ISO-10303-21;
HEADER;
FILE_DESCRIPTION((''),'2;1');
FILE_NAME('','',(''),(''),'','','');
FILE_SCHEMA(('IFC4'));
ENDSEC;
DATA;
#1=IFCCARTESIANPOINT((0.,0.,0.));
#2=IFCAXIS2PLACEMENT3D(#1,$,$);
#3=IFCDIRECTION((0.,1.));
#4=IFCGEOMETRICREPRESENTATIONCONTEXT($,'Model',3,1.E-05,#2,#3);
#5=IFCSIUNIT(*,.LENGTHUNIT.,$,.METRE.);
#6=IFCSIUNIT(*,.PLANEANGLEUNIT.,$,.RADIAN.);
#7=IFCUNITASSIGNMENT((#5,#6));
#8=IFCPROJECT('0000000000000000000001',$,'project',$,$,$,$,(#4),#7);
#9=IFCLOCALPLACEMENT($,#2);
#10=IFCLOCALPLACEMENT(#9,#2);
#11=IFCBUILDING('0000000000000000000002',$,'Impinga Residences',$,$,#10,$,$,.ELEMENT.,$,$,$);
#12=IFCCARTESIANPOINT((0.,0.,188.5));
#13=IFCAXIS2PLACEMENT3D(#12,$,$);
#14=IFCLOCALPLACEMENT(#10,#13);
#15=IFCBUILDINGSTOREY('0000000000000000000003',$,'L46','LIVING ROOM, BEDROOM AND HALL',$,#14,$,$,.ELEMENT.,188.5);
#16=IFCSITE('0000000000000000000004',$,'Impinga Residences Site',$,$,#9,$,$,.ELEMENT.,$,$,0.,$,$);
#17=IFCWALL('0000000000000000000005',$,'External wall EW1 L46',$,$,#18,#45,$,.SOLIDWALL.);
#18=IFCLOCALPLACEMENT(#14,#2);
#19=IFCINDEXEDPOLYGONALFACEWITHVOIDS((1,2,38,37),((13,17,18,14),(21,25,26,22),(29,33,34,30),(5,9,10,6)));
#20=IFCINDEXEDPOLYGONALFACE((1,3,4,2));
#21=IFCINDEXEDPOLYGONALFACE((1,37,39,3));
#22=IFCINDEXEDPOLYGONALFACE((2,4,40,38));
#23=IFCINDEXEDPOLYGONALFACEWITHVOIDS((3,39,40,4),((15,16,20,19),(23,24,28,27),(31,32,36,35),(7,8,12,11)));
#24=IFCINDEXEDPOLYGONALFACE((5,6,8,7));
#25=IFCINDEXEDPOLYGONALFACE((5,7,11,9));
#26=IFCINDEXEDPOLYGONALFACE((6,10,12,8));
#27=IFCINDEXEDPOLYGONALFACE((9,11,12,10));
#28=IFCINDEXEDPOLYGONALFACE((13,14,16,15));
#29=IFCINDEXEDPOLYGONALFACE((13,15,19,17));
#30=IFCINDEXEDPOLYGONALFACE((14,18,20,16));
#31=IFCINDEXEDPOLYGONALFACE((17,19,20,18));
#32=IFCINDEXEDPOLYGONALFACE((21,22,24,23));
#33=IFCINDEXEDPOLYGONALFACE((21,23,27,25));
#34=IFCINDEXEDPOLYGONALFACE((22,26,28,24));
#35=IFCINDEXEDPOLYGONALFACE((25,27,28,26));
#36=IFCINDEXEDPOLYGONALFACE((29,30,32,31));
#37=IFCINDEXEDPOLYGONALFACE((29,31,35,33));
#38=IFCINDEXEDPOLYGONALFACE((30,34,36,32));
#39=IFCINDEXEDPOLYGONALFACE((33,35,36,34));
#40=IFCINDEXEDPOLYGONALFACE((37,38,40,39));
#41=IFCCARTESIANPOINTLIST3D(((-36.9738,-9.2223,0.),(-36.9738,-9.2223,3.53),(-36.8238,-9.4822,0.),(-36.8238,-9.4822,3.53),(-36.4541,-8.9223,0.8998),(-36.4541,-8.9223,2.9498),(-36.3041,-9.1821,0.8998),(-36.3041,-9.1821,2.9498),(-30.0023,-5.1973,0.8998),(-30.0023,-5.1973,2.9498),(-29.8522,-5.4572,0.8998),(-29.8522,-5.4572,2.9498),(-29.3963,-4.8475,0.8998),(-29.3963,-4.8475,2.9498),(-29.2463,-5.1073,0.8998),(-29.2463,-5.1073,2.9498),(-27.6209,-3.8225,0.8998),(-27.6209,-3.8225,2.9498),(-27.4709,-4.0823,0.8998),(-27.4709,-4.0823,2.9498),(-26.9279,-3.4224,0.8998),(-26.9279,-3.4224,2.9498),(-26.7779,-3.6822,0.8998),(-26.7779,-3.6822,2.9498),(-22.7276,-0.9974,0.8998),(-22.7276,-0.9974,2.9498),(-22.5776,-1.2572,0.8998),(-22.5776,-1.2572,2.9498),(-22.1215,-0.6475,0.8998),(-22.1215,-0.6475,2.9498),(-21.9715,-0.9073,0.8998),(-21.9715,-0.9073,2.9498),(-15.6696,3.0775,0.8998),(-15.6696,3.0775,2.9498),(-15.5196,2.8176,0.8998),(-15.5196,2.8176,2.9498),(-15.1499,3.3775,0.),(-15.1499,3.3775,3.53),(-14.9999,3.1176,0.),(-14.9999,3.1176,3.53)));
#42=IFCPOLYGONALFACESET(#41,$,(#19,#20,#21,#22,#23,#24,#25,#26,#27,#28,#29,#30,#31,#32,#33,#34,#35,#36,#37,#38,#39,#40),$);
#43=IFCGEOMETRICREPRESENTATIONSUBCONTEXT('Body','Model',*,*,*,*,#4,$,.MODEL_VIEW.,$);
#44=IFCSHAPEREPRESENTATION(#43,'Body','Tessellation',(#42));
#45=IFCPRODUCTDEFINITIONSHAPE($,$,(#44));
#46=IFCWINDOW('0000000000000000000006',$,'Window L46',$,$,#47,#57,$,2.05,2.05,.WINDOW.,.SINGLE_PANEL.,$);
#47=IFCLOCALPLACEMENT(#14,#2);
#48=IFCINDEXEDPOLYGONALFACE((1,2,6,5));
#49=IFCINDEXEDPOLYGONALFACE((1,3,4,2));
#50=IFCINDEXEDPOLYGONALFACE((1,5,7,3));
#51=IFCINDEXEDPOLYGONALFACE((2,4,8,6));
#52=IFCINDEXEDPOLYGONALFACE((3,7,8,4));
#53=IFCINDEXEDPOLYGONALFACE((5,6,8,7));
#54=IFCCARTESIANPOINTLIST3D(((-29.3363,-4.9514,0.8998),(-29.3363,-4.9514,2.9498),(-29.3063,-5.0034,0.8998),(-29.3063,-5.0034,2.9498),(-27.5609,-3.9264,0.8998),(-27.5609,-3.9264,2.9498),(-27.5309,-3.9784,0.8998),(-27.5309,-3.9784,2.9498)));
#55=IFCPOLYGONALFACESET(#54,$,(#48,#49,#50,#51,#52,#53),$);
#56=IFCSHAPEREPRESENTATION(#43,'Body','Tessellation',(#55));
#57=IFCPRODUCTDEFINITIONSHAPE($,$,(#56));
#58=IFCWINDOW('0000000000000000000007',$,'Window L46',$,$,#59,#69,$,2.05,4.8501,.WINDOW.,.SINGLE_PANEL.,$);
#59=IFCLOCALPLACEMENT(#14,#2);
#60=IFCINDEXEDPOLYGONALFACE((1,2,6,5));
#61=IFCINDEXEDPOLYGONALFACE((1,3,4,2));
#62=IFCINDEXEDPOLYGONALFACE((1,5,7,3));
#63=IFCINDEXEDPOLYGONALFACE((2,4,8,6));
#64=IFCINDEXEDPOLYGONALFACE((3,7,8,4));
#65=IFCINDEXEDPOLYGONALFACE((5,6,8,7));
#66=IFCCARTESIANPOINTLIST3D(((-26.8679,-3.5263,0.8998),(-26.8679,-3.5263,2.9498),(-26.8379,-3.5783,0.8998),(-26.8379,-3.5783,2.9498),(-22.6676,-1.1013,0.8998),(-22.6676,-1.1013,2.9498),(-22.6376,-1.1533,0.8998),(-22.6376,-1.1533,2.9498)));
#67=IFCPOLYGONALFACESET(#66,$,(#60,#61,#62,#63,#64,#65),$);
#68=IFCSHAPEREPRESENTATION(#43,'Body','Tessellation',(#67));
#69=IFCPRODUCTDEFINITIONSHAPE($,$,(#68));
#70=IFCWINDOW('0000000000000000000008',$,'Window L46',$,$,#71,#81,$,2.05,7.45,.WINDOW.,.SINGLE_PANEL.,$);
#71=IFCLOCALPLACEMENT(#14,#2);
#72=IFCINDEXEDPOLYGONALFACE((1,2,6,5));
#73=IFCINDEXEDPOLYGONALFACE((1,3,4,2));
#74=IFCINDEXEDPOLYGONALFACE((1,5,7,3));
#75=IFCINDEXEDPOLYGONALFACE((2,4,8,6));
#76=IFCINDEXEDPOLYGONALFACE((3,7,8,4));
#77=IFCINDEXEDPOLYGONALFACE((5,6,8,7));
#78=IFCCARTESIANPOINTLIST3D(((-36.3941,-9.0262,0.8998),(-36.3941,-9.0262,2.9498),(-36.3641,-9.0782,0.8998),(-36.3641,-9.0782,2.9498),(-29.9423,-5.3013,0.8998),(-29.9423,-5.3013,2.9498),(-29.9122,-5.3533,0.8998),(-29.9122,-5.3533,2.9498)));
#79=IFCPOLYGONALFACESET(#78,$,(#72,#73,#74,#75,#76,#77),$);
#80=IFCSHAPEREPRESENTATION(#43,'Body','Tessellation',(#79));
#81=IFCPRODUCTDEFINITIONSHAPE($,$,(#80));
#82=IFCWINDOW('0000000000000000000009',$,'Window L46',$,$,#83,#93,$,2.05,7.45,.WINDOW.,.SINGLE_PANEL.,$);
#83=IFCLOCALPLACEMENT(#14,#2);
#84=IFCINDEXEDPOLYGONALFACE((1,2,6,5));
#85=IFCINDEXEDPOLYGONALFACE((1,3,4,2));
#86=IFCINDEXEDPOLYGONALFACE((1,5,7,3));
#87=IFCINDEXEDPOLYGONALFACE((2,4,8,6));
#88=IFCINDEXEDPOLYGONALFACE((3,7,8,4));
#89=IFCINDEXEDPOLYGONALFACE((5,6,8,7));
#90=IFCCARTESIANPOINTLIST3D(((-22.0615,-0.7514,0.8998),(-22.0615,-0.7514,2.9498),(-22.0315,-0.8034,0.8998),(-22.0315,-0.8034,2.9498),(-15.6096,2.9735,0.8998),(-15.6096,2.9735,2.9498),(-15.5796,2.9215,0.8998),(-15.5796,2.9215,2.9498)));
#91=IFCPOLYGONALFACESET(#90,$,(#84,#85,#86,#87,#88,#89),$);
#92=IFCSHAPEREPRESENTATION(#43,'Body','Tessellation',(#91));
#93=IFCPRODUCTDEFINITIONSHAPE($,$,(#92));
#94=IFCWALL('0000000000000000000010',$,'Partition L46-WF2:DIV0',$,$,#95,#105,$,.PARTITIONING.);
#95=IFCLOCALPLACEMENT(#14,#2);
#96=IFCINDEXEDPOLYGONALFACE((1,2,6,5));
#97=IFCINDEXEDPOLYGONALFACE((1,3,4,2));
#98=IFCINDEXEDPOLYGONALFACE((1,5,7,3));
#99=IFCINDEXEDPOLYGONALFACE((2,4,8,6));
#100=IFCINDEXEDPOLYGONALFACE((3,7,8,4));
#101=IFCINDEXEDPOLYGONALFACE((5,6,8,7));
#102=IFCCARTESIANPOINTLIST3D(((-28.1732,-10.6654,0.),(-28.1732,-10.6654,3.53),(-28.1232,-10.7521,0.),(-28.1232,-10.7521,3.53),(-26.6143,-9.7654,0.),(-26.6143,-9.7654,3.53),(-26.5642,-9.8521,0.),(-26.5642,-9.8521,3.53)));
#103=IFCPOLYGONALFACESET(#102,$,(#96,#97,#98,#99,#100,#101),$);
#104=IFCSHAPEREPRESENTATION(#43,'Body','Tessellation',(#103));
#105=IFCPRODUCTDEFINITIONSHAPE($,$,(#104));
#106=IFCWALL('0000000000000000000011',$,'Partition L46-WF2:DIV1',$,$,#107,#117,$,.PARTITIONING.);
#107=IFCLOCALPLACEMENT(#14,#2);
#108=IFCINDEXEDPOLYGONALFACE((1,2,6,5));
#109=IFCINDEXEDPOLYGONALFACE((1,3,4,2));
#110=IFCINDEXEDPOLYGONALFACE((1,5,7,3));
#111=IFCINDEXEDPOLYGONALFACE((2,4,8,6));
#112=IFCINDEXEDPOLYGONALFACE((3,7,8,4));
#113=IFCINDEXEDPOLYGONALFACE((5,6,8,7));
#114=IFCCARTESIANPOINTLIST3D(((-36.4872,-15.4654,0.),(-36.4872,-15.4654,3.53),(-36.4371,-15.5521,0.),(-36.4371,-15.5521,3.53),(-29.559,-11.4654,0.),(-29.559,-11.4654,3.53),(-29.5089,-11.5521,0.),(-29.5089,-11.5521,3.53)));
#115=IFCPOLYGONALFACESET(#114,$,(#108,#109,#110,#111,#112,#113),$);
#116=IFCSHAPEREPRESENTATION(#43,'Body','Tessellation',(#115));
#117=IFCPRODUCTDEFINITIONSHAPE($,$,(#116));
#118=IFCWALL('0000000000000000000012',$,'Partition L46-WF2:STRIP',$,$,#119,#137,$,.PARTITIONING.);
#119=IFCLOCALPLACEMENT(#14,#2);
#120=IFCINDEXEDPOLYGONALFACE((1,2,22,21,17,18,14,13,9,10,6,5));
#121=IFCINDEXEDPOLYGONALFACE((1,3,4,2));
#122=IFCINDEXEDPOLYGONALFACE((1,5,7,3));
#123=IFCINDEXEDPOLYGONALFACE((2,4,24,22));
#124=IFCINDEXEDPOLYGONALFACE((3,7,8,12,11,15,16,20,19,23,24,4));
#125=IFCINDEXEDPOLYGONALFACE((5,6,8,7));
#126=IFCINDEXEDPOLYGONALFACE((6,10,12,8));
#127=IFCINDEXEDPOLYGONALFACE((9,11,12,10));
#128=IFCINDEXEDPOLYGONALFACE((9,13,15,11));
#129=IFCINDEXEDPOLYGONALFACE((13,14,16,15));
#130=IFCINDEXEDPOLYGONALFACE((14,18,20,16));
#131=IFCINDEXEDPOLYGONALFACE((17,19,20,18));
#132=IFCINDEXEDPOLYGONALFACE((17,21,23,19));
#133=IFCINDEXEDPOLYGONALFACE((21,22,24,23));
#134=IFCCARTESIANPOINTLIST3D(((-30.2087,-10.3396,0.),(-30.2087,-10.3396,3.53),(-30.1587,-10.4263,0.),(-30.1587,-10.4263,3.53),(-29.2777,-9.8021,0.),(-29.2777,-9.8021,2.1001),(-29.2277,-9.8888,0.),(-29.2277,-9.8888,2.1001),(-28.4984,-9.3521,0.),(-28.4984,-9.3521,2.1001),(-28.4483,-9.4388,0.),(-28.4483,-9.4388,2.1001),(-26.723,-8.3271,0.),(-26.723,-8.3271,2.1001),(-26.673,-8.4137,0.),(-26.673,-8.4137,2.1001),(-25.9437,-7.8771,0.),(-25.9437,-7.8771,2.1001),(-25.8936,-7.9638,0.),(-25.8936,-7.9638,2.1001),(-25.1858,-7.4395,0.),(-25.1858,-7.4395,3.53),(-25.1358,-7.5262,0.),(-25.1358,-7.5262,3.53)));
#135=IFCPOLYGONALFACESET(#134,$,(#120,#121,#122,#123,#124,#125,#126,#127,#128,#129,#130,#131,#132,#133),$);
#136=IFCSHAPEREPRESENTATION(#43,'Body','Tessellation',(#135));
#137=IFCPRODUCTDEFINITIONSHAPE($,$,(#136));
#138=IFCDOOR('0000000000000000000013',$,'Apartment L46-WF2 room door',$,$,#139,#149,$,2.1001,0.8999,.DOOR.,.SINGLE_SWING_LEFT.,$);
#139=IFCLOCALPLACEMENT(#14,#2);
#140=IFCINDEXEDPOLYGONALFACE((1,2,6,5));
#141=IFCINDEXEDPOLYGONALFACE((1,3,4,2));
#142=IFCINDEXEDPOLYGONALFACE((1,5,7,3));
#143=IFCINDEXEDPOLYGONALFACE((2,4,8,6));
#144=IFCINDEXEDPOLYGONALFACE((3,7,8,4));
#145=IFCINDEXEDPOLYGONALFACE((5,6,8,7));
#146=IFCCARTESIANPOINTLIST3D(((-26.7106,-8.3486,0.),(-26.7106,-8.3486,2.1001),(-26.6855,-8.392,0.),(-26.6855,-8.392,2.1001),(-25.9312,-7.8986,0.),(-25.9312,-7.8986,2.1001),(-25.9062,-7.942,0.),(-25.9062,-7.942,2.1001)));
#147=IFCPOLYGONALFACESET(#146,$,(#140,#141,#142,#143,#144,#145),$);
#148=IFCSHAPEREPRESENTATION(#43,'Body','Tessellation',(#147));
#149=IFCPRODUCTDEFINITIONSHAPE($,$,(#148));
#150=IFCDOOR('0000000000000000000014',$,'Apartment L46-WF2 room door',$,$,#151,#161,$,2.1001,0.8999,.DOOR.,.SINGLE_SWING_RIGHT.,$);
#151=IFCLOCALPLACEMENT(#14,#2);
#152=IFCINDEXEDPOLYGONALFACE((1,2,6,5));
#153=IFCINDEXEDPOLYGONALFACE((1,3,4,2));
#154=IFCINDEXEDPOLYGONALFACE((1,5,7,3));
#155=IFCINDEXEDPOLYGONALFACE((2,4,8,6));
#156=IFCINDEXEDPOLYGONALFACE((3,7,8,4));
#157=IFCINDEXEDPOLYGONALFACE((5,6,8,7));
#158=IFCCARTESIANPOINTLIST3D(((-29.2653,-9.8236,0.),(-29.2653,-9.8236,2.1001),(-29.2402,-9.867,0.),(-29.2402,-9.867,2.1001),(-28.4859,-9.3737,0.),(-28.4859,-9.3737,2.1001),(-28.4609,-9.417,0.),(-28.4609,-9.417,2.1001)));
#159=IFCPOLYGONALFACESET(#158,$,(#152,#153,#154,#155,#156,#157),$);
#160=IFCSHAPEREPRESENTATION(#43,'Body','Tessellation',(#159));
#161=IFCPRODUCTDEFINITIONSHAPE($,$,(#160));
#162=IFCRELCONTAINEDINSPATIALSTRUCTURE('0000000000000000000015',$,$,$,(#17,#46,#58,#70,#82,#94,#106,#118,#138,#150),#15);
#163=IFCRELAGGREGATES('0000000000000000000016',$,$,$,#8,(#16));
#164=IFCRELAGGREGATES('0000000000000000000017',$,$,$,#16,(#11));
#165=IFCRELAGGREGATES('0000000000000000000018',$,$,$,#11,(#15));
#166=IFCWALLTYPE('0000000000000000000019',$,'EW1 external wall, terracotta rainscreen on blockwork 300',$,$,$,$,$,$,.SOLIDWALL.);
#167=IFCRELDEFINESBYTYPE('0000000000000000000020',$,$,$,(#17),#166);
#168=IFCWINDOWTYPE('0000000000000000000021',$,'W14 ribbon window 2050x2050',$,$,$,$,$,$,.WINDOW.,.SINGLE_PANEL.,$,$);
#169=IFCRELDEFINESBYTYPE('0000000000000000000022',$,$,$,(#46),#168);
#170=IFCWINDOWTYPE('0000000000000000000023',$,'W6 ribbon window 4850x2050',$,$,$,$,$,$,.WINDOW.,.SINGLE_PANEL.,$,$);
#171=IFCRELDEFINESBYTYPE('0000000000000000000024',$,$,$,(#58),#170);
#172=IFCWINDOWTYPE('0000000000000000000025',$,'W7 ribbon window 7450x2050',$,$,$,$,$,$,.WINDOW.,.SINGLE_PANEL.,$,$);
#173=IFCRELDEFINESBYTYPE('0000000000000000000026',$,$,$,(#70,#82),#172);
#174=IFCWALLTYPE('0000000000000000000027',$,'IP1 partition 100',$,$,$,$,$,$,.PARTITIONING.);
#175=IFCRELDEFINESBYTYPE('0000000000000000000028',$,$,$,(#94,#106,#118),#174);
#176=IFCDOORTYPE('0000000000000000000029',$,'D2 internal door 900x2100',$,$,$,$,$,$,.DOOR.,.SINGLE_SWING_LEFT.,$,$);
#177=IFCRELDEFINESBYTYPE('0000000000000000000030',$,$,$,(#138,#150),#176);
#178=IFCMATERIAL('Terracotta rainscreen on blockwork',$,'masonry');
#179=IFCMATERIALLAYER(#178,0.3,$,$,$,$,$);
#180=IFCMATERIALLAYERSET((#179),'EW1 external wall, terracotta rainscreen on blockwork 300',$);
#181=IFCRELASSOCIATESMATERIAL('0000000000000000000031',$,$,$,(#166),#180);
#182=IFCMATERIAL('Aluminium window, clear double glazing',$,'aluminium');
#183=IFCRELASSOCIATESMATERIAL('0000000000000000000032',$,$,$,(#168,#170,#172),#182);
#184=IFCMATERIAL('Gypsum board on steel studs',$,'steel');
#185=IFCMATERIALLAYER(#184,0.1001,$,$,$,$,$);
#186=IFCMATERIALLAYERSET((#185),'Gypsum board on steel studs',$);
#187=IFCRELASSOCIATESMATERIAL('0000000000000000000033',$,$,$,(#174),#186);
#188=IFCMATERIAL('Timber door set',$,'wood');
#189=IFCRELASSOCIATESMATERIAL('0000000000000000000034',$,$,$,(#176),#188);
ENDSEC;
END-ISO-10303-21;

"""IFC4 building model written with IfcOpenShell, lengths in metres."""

from ifc_helpers import new_model, si_unit, direction, frame, frame_2d, origin, place, context, subcontext, project, spatial, rectangle, extrude, material, layer, layer_set, type_object, element, fill, save


model = new_model("IFC4")

# Units and contexts
model_context = context("Model", 3, precision=1e-05, world=origin(), true_north=direction((0.0, 1.0)))
body_context = subcontext(model_context, "Body", "Model", "MODEL_VIEW")
ifc_project = project(units=[si_unit("LENGTHUNIT", "METRE"), si_unit("PLANEANGLEUNIT", "RADIAN")], contexts=[model_context])

# Site, building, storey
site_placement = place(None, origin())
site = spatial("IfcSite", under=ifc_project, at=site_placement, Name="Impinga Residences Site", CompositionType="ELEMENT", RefElevation=0.0)
building_placement = place(site_placement, origin())
building = spatial("IfcBuilding", under=site, at=building_placement, Name="Impinga Residences", CompositionType="ELEMENT")
storey_placement = place(building_placement, frame((0.0, 0.0, 188.5)))
storey = spatial("IfcBuildingStorey", under=building, at=storey_placement, Name="L46", Description="LIVING ROOM, BEDROOM AND HALL", CompositionType="ELEMENT", Elevation=188.5)

# Shared definitions
ifc_material_1 = material(Name="Terracotta rainscreen on blockwork", Category="masonry")
ifc_layer_1 = layer(ifc_material_1, 0.3)
ifc_layer_set_1 = layer_set([ifc_layer_1], Name="EW1 external wall, terracotta rainscreen on blockwork 300")
wall_type_1 = type_object("IfcWallType", Name="EW1 external wall, terracotta rainscreen on blockwork 300", PredefinedType="SOLIDWALL", material=ifc_layer_set_1)

# Wall, openings, windows
wall_1_placement = place(storey_placement, frame((-36.8989, -9.3523, 0.0), z_axis=(0.0, 0.0, 1.0), x_axis=(0.866029, 0.499993, 0.0)))
wall_1 = element("IfcWall", 1, at=wall_1_placement, inside=storey, type_object=wall_type_1, Name="External wall EW1 L46", PredefinedType="SOLIDWALL", context=body_context, shape_type="SweptSolid", body=[
    extrude(rectangle(XDim=25.2, YDim=0.3, at=frame_2d((12.6001, 0.0))), origin(), (0.0, 0.0, 1.0), 3.53),
])
opening_1_placement = place(wall_1_placement, frame((0.6001, 0.0, 0.8999)))
opening_1 = element("IfcOpeningElement", 2, at=opening_1_placement, cuts=wall_1, PredefinedType="OPENING", context=body_context, shape_type="SweptSolid", body=[
    extrude(rectangle(XDim=7.45, YDim=2.05, at=frame_2d((3.7251, 1.0249))), frame((0.0, 0.1599, 0.0), z_axis=(0.0, -1.0, 0.0), x_axis=(1.0, 0.0, 0.0)), (0.0, 0.0, 1.0), 0.3201),
])
opening_2_placement = place(wall_1_placement, frame((8.75, 0.0, 0.8999)))
opening_2 = element("IfcOpeningElement", 3, at=opening_2_placement, cuts=wall_1, PredefinedType="OPENING", context=body_context, shape_type="SweptSolid", body=[
    extrude(rectangle(XDim=2.05, YDim=2.05, at=frame_2d((1.0249, 1.0249))), frame((0.0, 0.1599, 0.0), z_axis=(0.0, -1.0, 0.0), x_axis=(1.0, 0.0, 0.0)), (0.0, 0.0, 1.0), 0.3201),
])
opening_3_placement = place(wall_1_placement, frame((11.6001, 0.0, 0.8999)))
opening_3 = element("IfcOpeningElement", 4, at=opening_3_placement, cuts=wall_1, PredefinedType="OPENING", context=body_context, shape_type="SweptSolid", body=[
    extrude(rectangle(XDim=4.8501, YDim=2.05, at=frame_2d((2.425, 1.0249))), frame((0.0, 0.1599, 0.0), z_axis=(0.0, -1.0, 0.0), x_axis=(1.0, 0.0, 0.0)), (0.0, 0.0, 1.0), 0.3201),
])
opening_4_placement = place(wall_1_placement, frame((17.1499, 0.0, 0.8999)))
opening_4 = element("IfcOpeningElement", 5, at=opening_4_placement, cuts=wall_1, PredefinedType="OPENING", context=body_context, shape_type="SweptSolid", body=[
    extrude(rectangle(XDim=7.45, YDim=2.05, at=frame_2d((3.7251, 1.0249))), frame((0.0, 0.1599, 0.0), z_axis=(0.0, -1.0, 0.0), x_axis=(1.0, 0.0, 0.0)), (0.0, 0.0, 1.0), 0.3201),
])
ifc_material_2 = material(Name="Aluminium window, clear double glazing", Category="aluminium")
window_type_1 = type_object("IfcWindowType", Name="W14 ribbon window 2050x2050", PartitioningType="SINGLE_PANEL", PredefinedType="WINDOW", material=ifc_material_2)
window_1_placement = place(opening_2_placement, origin())
window_1 = element("IfcWindow", 6, at=window_1_placement, inside=storey, type_object=window_type_1, Name="Window L46", OverallHeight=2.05, OverallWidth=2.05, PartitioningType="SINGLE_PANEL", PredefinedType="WINDOW", context=body_context, shape_type="SweptSolid", body=[
    extrude(rectangle(XDim=2.05, YDim=2.05, at=frame_2d((1.0249, 1.0249))), frame((0.0, 0.03, 0.0), z_axis=(0.0, -1.0, 0.0), x_axis=(1.0, 0.0, 0.0)), (0.0, 0.0, 1.0), 0.0601),
])
fill(opening_2, window_1)
window_type_2 = type_object("IfcWindowType", Name="W6 ribbon window 4850x2050", PartitioningType="SINGLE_PANEL", PredefinedType="WINDOW", material=ifc_material_2)
window_2_placement = place(opening_3_placement, origin())
window_2 = element("IfcWindow", 7, at=window_2_placement, inside=storey, type_object=window_type_2, Name="Window L46", OverallHeight=2.05, OverallWidth=4.8501, PartitioningType="SINGLE_PANEL", PredefinedType="WINDOW", context=body_context, shape_type="SweptSolid", body=[
    extrude(rectangle(XDim=4.8501, YDim=2.05, at=frame_2d((2.425, 1.0249))), frame((0.0, 0.03, 0.0), z_axis=(0.0, -1.0, 0.0), x_axis=(1.0, 0.0, 0.0)), (0.0, 0.0, 1.0), 0.0601),
])
fill(opening_3, window_2)
window_type_3 = type_object("IfcWindowType", Name="W7 ribbon window 7450x2050", PartitioningType="SINGLE_PANEL", PredefinedType="WINDOW", material=ifc_material_2)
window_3_placement = place(opening_1_placement, origin())
window_3 = element("IfcWindow", 8, at=window_3_placement, inside=storey, type_object=window_type_3, Name="Window L46", OverallHeight=2.05, OverallWidth=7.45, PartitioningType="SINGLE_PANEL", PredefinedType="WINDOW", context=body_context, shape_type="SweptSolid", body=[
    extrude(rectangle(XDim=7.45, YDim=2.05, at=frame_2d((3.7251, 1.0249))), frame((0.0, 0.03, 0.0), z_axis=(0.0, -1.0, 0.0), x_axis=(1.0, 0.0, 0.0)), (0.0, 0.0, 1.0), 0.0601),
])
fill(opening_1, window_3)
window_4_placement = place(opening_4_placement, origin())
window_4 = element("IfcWindow", 9, at=window_4_placement, inside=storey, type_object=window_type_3, Name="Window L46", OverallHeight=2.05, OverallWidth=7.45, PartitioningType="SINGLE_PANEL", PredefinedType="WINDOW", context=body_context, shape_type="SweptSolid", body=[
    extrude(rectangle(XDim=7.45, YDim=2.05, at=frame_2d((3.7251, 1.0249))), frame((0.0, 0.03, 0.0), z_axis=(0.0, -1.0, 0.0), x_axis=(1.0, 0.0, 0.0)), (0.0, 0.0, 1.0), 0.0601),
])
fill(opening_4, window_4)

# Walls
ifc_material_3 = material(Name="Gypsum board on steel studs", Category="steel")
ifc_layer_2 = layer(ifc_material_3, 0.1001)
ifc_layer_set_2 = layer_set([ifc_layer_2], Name="Gypsum board on steel studs")
wall_type_2 = type_object("IfcWallType", Name="IP1 partition 100", PredefinedType="PARTITIONING", material=ifc_layer_set_2)
wall_2_placement = place(storey_placement, frame((-26.5894, -9.8088, 0.0), z_axis=(0.0, 0.0, 1.0), x_axis=(-0.866048, -0.499961, 0.0)))
element("IfcWall", 10, at=wall_2_placement, inside=storey, type_object=wall_type_2, Name="Partition L46-WF2:DIV0", PredefinedType="PARTITIONING", context=body_context, shape_type="SweptSolid", body=[
    extrude(rectangle(XDim=1.8, YDim=0.1001, at=frame_2d((0.8999, 0.0))), origin(), (0.0, 0.0, 1.0), 3.53),
])
wall_3_placement = place(storey_placement, frame((-29.5339, -11.5088, 0.0), z_axis=(0.0, 0.0, 1.0), x_axis=(-0.866026, -0.499999, 0.0)))
element("IfcWall", 11, at=wall_3_placement, inside=storey, type_object=wall_type_2, Name="Partition L46-WF2:DIV1", PredefinedType="PARTITIONING", context=body_context, shape_type="SweptSolid", body=[
    extrude(rectangle(XDim=8.0, YDim=0.1001, at=frame_2d((4.0, 0.0))), origin(), (0.0, 0.0, 1.0), 3.53),
])

# Wall, openings, doors
wall_4_placement = place(storey_placement, frame((-25.1609, -7.4829, 0.0), z_axis=(0.0, 0.0, 1.0), x_axis=(-0.866015, -0.500019, 0.0)))
wall_4 = element("IfcWall", 12, at=wall_4_placement, inside=storey, type_object=wall_type_2, Name="Partition L46-WF2:STRIP", PredefinedType="PARTITIONING", context=body_context, shape_type="SweptSolid", body=[
    extrude(rectangle(XDim=5.8, YDim=0.1001, at=frame_2d((2.8999, 0.0))), origin(), (0.0, 0.0, 1.0), 3.53),
])
opening_5_placement = place(wall_4_placement, frame((0.875, 0.0, 0.0)))
opening_5 = element("IfcOpeningElement", 13, at=opening_5_placement, cuts=wall_4, PredefinedType="OPENING", context=body_context, shape_type="SweptSolid", body=[
    extrude(rectangle(XDim=0.8999, YDim=2.1001, at=frame_2d((0.45, 1.05))), frame((0.0, 0.0601, 0.0), z_axis=(0.0, -1.0, 0.0), x_axis=(1.0, 0.0, 0.0)), (0.0, 0.0, 1.0), 0.1201),
])
opening_6_placement = place(wall_4_placement, frame((3.825, 0.0, 0.0)))
opening_6 = element("IfcOpeningElement", 14, at=opening_6_placement, cuts=wall_4, PredefinedType="OPENING", context=body_context, shape_type="SweptSolid", body=[
    extrude(rectangle(XDim=0.8999, YDim=2.1001, at=frame_2d((0.45, 1.05))), frame((0.0, 0.0601, 0.0), z_axis=(0.0, -1.0, 0.0), x_axis=(1.0, 0.0, 0.0)), (0.0, 0.0, 1.0), 0.1201),
])
ifc_material_4 = material(Name="Timber door set", Category="wood")
door_type = type_object("IfcDoorType", Name="D2 internal door 900x2100", OperationType="SINGLE_SWING_LEFT", PredefinedType="DOOR", material=ifc_material_4)
door_1_placement = place(opening_5_placement, origin())
door_1 = element("IfcDoor", 15, at=door_1_placement, inside=storey, type_object=door_type, Name="Apartment L46-WF2 room door", OperationType="SINGLE_SWING_LEFT", OverallHeight=2.1001, OverallWidth=0.8999, PredefinedType="DOOR", context=body_context, shape_type="SweptSolid", body=[
    extrude(rectangle(XDim=0.8999, YDim=2.1001, at=frame_2d((0.45, 1.05))), frame((0.0, 0.0249, 0.0), z_axis=(0.0, -1.0, 0.0), x_axis=(1.0, 0.0, 0.0)), (0.0, 0.0, 1.0), 0.05),
])
fill(opening_5, door_1)
door_2_placement = place(opening_6_placement, origin())
door_2 = element("IfcDoor", 16, at=door_2_placement, inside=storey, type_object=door_type, Name="Apartment L46-WF2 room door", OperationType="SINGLE_SWING_RIGHT", OverallHeight=2.1001, OverallWidth=0.8999, PredefinedType="DOOR", context=body_context, shape_type="SweptSolid", body=[
    extrude(rectangle(XDim=0.8999, YDim=2.1001, at=frame_2d((0.45, 1.05))), frame((0.0, 0.0249, 0.0), z_axis=(0.0, -1.0, 0.0), x_axis=(1.0, 0.0, 0.0)), (0.0, 0.0, 1.0), 0.05),
])
fill(opening_6, door_2)

save(model, "model.ifc")
